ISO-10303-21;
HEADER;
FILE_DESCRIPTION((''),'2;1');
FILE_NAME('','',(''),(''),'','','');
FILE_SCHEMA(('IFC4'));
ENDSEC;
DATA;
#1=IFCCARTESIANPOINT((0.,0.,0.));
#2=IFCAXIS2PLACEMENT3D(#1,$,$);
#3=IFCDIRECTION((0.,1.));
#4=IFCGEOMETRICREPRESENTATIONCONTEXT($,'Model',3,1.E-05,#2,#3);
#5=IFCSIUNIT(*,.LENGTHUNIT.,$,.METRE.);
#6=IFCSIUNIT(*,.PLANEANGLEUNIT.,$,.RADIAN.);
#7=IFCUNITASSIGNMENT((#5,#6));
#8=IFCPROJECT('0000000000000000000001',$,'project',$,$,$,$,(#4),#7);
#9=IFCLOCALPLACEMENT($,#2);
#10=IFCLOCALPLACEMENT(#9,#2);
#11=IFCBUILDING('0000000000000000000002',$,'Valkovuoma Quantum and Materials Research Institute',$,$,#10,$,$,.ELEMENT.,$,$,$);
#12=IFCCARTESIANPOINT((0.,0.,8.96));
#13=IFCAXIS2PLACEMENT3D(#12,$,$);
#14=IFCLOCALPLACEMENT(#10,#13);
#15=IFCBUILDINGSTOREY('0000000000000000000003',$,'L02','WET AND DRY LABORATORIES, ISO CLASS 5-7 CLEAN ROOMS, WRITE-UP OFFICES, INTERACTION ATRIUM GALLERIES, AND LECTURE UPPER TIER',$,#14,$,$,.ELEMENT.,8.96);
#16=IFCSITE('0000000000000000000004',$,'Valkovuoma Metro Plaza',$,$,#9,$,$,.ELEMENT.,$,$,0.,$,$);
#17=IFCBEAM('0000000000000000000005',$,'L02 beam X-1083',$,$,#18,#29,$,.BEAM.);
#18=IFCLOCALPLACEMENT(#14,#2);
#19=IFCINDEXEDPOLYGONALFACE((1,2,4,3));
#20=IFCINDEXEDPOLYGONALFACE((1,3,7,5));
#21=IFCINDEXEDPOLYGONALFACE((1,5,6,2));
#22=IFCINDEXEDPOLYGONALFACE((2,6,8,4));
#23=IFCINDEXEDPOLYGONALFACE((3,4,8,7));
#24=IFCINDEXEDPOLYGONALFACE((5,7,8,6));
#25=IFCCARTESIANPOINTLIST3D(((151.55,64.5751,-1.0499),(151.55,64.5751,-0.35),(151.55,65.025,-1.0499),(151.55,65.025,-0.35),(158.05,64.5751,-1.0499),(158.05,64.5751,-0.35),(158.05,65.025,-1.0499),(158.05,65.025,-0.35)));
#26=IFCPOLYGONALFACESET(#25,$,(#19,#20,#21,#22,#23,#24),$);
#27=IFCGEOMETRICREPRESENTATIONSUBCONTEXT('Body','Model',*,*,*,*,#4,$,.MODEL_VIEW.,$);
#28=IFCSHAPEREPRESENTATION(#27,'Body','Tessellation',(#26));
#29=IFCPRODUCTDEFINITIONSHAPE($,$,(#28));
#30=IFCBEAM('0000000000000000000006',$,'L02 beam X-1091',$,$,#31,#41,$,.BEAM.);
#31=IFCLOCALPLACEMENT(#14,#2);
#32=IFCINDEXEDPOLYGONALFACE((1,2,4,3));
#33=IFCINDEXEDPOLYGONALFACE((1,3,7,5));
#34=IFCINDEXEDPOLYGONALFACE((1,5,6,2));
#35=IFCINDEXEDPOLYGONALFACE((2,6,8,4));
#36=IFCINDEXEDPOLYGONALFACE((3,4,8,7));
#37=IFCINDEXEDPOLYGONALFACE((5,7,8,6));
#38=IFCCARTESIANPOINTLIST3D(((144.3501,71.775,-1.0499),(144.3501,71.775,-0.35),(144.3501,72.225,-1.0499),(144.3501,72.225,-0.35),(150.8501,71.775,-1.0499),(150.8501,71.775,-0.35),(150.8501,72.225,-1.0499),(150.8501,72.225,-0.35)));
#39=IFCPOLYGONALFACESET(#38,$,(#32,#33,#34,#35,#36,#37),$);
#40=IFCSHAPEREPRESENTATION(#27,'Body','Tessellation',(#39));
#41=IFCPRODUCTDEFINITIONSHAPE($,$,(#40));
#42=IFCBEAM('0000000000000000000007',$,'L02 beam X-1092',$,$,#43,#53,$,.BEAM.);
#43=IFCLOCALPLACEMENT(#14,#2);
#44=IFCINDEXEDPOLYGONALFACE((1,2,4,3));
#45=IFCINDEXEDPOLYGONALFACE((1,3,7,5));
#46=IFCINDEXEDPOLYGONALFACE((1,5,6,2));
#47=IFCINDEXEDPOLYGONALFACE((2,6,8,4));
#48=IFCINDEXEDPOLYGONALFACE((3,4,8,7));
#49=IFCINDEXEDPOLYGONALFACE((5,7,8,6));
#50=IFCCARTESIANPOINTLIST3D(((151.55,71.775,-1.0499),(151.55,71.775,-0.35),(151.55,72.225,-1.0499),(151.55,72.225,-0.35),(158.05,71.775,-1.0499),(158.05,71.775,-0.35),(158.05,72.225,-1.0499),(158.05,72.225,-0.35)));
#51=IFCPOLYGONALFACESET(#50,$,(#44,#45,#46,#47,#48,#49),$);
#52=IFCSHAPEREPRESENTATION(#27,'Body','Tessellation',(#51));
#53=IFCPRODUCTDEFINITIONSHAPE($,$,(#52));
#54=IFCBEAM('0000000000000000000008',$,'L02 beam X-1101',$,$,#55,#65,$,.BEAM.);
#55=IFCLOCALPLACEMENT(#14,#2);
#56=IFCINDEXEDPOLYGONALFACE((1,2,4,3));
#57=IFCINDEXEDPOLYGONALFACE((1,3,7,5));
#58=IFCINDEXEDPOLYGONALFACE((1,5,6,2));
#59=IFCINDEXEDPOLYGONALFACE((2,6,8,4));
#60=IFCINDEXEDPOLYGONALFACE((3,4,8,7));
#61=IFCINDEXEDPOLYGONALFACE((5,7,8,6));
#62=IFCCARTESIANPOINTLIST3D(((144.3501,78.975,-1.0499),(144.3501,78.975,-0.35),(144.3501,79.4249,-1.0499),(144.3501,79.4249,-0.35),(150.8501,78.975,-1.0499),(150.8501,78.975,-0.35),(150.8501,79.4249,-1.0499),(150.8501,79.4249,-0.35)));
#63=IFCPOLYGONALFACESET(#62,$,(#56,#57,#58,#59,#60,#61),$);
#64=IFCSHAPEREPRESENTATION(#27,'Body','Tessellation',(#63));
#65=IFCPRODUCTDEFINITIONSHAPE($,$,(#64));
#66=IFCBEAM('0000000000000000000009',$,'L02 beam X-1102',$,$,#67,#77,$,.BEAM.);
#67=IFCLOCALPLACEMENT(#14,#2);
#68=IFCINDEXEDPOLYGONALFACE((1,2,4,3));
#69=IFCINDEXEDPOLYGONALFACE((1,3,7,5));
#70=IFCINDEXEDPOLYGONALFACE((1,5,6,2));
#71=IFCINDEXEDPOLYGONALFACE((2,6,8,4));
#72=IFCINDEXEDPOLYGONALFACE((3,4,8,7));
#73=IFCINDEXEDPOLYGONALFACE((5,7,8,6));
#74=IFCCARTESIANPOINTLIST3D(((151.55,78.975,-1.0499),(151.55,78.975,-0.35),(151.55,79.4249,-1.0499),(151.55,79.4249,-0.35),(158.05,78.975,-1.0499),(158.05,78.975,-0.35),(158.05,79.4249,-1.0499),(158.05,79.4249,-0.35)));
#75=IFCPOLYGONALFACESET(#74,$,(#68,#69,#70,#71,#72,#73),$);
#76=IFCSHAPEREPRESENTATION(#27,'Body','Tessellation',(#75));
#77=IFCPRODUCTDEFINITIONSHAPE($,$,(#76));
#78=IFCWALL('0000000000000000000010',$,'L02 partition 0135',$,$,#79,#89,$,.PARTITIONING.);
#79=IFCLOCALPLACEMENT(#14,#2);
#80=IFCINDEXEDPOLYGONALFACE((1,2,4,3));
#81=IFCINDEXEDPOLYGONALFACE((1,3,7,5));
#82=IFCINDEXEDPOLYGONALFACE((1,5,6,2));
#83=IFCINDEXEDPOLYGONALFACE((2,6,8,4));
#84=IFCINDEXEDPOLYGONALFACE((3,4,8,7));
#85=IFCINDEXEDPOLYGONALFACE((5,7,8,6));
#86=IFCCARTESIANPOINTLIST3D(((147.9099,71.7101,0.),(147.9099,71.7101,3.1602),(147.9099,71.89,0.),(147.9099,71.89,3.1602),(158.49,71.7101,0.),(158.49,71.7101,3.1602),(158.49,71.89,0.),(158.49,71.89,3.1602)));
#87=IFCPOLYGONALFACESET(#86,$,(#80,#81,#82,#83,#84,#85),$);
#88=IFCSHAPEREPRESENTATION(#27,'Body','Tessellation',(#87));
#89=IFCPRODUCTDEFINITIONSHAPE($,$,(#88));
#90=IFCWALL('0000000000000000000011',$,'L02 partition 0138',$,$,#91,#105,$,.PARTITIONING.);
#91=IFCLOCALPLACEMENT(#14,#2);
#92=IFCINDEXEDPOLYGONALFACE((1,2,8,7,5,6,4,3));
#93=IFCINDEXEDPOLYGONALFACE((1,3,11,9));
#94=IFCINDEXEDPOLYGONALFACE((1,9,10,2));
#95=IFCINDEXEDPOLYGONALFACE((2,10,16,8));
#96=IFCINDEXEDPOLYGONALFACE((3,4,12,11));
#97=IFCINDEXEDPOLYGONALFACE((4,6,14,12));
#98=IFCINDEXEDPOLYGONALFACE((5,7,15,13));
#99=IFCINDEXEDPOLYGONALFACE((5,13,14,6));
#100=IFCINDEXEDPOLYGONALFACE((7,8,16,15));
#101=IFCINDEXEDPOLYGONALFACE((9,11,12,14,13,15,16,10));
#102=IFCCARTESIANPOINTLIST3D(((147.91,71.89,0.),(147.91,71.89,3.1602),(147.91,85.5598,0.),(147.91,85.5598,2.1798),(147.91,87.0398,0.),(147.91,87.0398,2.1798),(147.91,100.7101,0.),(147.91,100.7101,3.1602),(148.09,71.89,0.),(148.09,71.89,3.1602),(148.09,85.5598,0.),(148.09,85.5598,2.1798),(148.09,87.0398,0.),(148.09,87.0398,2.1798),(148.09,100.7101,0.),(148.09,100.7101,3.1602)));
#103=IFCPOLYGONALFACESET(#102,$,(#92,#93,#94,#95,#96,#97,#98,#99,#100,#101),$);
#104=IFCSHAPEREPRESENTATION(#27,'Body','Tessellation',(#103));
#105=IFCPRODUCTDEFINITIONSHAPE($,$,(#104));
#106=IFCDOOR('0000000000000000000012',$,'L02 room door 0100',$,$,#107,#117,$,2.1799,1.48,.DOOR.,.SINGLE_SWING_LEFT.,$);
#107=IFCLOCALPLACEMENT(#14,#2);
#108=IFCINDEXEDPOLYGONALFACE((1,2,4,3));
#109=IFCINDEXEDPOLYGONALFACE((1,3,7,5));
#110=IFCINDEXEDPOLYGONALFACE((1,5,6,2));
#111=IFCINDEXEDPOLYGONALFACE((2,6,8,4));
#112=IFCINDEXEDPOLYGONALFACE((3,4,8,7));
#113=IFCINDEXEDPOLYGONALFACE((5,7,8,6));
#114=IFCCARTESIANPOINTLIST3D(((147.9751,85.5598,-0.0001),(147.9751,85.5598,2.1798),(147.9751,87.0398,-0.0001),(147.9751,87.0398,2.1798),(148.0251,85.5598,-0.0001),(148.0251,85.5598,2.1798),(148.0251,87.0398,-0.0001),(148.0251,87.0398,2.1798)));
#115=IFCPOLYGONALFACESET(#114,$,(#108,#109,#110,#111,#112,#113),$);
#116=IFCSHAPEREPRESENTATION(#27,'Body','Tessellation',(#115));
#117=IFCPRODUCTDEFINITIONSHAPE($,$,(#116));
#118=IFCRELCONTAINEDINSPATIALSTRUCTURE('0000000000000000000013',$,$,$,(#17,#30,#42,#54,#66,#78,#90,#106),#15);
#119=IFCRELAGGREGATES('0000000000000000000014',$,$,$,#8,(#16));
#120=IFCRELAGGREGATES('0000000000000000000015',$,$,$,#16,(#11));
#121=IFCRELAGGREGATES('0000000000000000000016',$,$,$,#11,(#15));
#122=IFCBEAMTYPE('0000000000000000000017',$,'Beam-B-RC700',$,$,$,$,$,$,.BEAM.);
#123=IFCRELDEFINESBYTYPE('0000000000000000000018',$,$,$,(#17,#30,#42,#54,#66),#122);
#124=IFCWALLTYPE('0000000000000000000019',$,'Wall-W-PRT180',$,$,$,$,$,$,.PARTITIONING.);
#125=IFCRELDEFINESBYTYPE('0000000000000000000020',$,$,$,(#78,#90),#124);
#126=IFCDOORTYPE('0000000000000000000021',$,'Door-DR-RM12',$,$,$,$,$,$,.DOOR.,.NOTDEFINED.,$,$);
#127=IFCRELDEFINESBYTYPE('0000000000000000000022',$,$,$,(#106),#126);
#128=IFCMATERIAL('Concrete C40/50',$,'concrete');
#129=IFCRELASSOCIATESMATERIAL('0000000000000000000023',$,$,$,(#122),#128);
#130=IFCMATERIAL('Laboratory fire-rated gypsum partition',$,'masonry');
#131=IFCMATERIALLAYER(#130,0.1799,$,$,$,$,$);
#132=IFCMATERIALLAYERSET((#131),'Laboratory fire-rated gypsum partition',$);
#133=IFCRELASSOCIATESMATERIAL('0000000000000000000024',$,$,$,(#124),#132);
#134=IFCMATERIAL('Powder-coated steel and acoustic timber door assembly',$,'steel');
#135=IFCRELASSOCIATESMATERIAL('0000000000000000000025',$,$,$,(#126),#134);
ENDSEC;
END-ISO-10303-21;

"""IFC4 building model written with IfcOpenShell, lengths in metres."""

from ifc_helpers import new_model, si_unit, direction, frame, frame_2d, origin, origin_2d, place, context, subcontext, project, spatial, rectangle, extrude, material, layer, layer_set, material_profile, profile_set, type_object, element, fill, save


model = new_model("IFC4")

# Units and contexts
model_context = context("Model", 3, precision=1e-05, world=origin(), true_north=direction((0.0, 1.0)))
body_context = subcontext(model_context, "Body", "Model", "MODEL_VIEW")
ifc_project = project(units=[si_unit("LENGTHUNIT", "METRE"), si_unit("PLANEANGLEUNIT", "RADIAN")], contexts=[model_context])

# Site, building, storey
site_placement = place(None, origin())
site = spatial("IfcSite", under=ifc_project, at=site_placement, Name="Valkovuoma Metro Plaza", CompositionType="ELEMENT", RefElevation=0.0)
building_placement = place(site_placement, origin())
building = spatial("IfcBuilding", under=site, at=building_placement, Name="Valkovuoma Quantum and Materials Research Institute", CompositionType="ELEMENT")
storey_placement = place(building_placement, frame((0.0, 0.0, 8.96)))
storey = spatial("IfcBuildingStorey", under=building, at=storey_placement, Name="L02", Description="WET AND DRY LABORATORIES, ISO CLASS 5-7 CLEAN ROOMS, WRITE-UP OFFICES, INTERACTION ATRIUM GALLERIES, AND LECTURE UPPER TIER", CompositionType="ELEMENT", Elevation=8.96)

# Beams
ifc_material_1 = material(Name="Concrete C40/50", Category="concrete")
ifc_material_profile_1 = material_profile(ifc_material_1, rectangle(XDim=0.45, YDim=0.7, at=origin_2d()), Name="Concrete C40/50")
ifc_profile_set_1 = profile_set([ifc_material_profile_1], Name="Concrete C40/50")
beam_type_1 = type_object("IfcBeamType", Name="Beam-B-RC700", PredefinedType="BEAM", material=ifc_profile_set_1)
for number, where, z_axis, x_axis, name in (
    (1, (151.55, 64.8, -0.7), (1.0, 0.0, 0.0), (0.0, 1.0, 0.0), "L02 beam X-1083"),
    (2, (144.3501, 72.0, -0.7), (1.0, 0.0, 0.0), (0.0, 1.0, 0.0), "L02 beam X-1091"),
    (3, (151.55, 72.0, -0.7), (1.0, 0.0, 0.0), (0.0, 1.0, 0.0), "L02 beam X-1092"),
    (4, (144.3501, 79.2, -0.7), (1.0, 0.0, 0.0), (0.0, 1.0, 0.0), "L02 beam X-1101"),
    (5, (151.55, 79.2, -0.7), (1.0, 0.0, 0.0), (0.0, 1.0, 0.0), "L02 beam X-1102"),
):
    element("IfcBeam", number, at=place(storey_placement, frame(where, z_axis=z_axis, x_axis=x_axis)), inside=storey, type_object=beam_type_1, Name=name, PredefinedType="BEAM", context=body_context, shape_type="SweptSolid", body=[
        extrude(rectangle(XDim=0.45, YDim=0.7, at=origin_2d()), origin(), (0.0, 0.0, 1.0), 6.5),
    ])

# Wall
ifc_material_2 = material(Name="Laboratory fire-rated gypsum partition", Category="masonry")
ifc_layer = layer(ifc_material_2, 0.1799)
ifc_layer_set = layer_set([ifc_layer], Name="Laboratory fire-rated gypsum partition")
wall_type = type_object("IfcWallType", Name="Wall-W-PRT180", PredefinedType="PARTITIONING", material=ifc_layer_set)
wall_1_placement = place(storey_placement, frame((147.9099, 71.8, 0.0), z_axis=(0.0, 0.0, 1.0), x_axis=(1.0, 0.0, 0.0)))
element("IfcWall", 6, at=wall_1_placement, inside=storey, type_object=wall_type, Name="L02 partition 0135", PredefinedType="PARTITIONING", context=body_context, shape_type="SweptSolid", body=[
    extrude(rectangle(XDim=10.5801, YDim=0.1799, at=frame_2d((5.29, 0.0))), origin(), (0.0, 0.0, 1.0), 3.1602),
])

# Wall, opening, door
wall_2_placement = place(storey_placement, frame((148.0, 71.8899, 0.0), z_axis=(0.0, 0.0, 1.0), x_axis=(0.0, 1.0, 0.0)))
wall_2 = element("IfcWall", 7, at=wall_2_placement, inside=storey, type_object=wall_type, Name="L02 partition 0138", PredefinedType="PARTITIONING", context=body_context, shape_type="SweptSolid", body=[
    extrude(rectangle(XDim=28.8201, YDim=0.1799, at=frame_2d((14.4102, 0.0))), origin(), (0.0, 0.0, 1.0), 3.1602),
])
opening_placement = place(wall_2_placement, frame((13.6699, 0.0, 0.0)))
opening = element("IfcOpeningElement", 8, at=opening_placement, cuts=wall_2, PredefinedType="OPENING", context=body_context, shape_type="SweptSolid", body=[
    extrude(rectangle(XDim=1.48, YDim=2.1799, at=frame_2d((0.74, 1.0898))), frame((0.0, 0.1001, 0.0), z_axis=(0.0, -1.0, 0.0), x_axis=(1.0, 0.0, 0.0)), (0.0, 0.0, 1.0), 0.2),
])
ifc_material_3 = material(Name="Powder-coated steel and acoustic timber door assembly", Category="steel")
door_type = type_object("IfcDoorType", Name="Door-DR-RM12", OperationType="NOTDEFINED", PredefinedType="DOOR", material=ifc_material_3)
door_placement = place(opening_placement, origin())
door = element("IfcDoor", 9, at=door_placement, inside=storey, type_object=door_type, Name="L02 room door 0100", OperationType="SINGLE_SWING_LEFT", OverallHeight=2.1799, OverallWidth=1.48, PredefinedType="DOOR", context=body_context, shape_type="SweptSolid", body=[
    extrude(rectangle(XDim=1.48, YDim=2.1799, at=frame_2d((0.74, 1.0898))), frame((0.0, 0.0249, 0.0), z_axis=(0.0, -1.0, 0.0), x_axis=(1.0, 0.0, 0.0)), (0.0, 0.0, 1.0), 0.05),
])
fill(opening, door)

save(model, "model.ifc")
